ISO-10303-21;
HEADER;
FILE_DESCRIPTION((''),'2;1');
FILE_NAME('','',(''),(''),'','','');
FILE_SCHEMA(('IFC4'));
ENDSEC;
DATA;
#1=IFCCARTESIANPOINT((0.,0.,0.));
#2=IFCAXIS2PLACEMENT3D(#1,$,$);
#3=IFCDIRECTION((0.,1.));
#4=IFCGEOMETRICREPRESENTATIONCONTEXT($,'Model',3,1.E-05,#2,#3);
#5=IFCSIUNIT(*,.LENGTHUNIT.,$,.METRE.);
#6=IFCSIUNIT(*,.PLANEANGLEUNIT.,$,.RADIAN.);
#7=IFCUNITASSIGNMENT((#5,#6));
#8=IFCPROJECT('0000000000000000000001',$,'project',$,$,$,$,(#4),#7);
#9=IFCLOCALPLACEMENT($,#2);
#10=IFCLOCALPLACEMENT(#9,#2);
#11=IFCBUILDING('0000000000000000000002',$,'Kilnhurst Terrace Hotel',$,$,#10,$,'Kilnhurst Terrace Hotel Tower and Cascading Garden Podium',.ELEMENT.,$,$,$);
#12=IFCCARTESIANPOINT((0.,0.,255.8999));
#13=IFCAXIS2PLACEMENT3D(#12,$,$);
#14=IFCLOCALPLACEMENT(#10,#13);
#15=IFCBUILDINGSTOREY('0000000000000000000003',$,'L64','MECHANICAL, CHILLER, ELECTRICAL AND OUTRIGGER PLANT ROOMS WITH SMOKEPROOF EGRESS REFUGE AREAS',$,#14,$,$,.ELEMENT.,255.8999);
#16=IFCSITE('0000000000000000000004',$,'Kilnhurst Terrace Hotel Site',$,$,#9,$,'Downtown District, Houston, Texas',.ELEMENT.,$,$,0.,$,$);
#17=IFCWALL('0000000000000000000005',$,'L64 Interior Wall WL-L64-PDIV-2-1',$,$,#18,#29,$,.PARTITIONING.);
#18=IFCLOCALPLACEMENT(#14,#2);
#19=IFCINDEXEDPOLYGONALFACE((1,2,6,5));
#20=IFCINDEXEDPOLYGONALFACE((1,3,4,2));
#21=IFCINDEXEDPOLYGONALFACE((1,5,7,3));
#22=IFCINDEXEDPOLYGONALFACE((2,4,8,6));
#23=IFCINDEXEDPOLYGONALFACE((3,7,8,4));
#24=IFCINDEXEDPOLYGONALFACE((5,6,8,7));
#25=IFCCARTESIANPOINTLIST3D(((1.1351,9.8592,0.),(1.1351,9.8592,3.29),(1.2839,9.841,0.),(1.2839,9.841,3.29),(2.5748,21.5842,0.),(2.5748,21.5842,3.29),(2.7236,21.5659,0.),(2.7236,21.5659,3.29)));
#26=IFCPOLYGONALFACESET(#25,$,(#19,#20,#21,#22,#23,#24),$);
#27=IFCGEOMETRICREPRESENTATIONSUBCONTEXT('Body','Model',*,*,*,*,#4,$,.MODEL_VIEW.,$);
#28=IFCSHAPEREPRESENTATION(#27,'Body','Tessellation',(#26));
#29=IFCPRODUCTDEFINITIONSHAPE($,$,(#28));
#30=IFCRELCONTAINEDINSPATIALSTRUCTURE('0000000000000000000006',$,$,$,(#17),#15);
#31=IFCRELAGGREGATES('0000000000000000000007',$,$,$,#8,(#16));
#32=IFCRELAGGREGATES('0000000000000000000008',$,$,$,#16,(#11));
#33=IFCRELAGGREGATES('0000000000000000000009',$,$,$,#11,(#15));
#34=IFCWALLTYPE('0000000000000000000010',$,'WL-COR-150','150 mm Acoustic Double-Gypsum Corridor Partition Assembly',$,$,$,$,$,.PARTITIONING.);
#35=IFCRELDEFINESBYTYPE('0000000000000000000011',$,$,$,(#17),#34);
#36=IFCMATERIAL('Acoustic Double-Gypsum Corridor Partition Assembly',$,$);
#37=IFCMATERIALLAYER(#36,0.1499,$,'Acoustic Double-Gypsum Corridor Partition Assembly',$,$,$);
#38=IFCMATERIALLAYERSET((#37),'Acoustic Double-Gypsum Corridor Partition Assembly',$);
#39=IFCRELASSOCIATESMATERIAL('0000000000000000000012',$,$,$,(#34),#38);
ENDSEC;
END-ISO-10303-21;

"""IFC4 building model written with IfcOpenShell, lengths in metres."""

from ifc_helpers import new_model, si_unit, direction, frame, frame_2d, origin, place, context, subcontext, project, spatial, rectangle, extrude, material, layer, layer_set, type_object, element, save


model = new_model("IFC4")

# Units and contexts
model_context = context("Model", 3, precision=1e-05, world=origin(), true_north=direction((0.0, 1.0)))
body_context = subcontext(model_context, "Body", "Model", "MODEL_VIEW")
ifc_project = project(units=[si_unit("LENGTHUNIT", "METRE"), si_unit("PLANEANGLEUNIT", "RADIAN")], contexts=[model_context])

# Site, building, storey
site_placement = place(None, origin())
site = spatial("IfcSite", under=ifc_project, at=site_placement, Name="Kilnhurst Terrace Hotel Site", LongName="Downtown District, Houston, Texas", CompositionType="ELEMENT", RefElevation=0.0)
building_placement = place(site_placement, origin())
building = spatial("IfcBuilding", under=site, at=building_placement, Name="Kilnhurst Terrace Hotel", LongName="Kilnhurst Terrace Hotel Tower and Cascading Garden Podium", CompositionType="ELEMENT")
storey_placement = place(building_placement, frame((0.0, 0.0, 255.8999)))
storey = spatial("IfcBuildingStorey", under=building, at=storey_placement, Name="L64", Description="MECHANICAL, CHILLER, ELECTRICAL AND OUTRIGGER PLANT ROOMS WITH SMOKEPROOF EGRESS REFUGE AREAS", CompositionType="ELEMENT", Elevation=255.8999)

# Wall
ifc_material_1 = material(Name="Acoustic Double-Gypsum Corridor Partition Assembly")
ifc_layer_1 = layer(ifc_material_1, 0.1499, Name="Acoustic Double-Gypsum Corridor Partition Assembly")
ifc_layer_set_1 = layer_set([ifc_layer_1], Name="Acoustic Double-Gypsum Corridor Partition Assembly")
wall_type = type_object("IfcWallType", Name="WL-COR-150", Description="150 mm Acoustic Double-Gypsum Corridor Partition Assembly", PredefinedType="PARTITIONING", material=ifc_layer_set_1)
wall_placement = place(storey_placement, frame((1.2095, 9.8501, 0.0), z_axis=(0.0, 0.0, 1.0), x_axis=(0.121875, 0.992545, 0.0)))
element("IfcWall", 1, at=wall_placement, inside=storey, type_object=wall_type, Name="L64 Interior Wall WL-L64-PDIV-2-1", PredefinedType="PARTITIONING", context=body_context, shape_type="SweptSolid", body=[
    extrude(rectangle(XDim=11.813, YDim=0.1499, at=frame_2d((5.9065, 0.0))), origin(), (0.0, 0.0, 1.0), 3.29),
])

save(model, "model.ifc")
